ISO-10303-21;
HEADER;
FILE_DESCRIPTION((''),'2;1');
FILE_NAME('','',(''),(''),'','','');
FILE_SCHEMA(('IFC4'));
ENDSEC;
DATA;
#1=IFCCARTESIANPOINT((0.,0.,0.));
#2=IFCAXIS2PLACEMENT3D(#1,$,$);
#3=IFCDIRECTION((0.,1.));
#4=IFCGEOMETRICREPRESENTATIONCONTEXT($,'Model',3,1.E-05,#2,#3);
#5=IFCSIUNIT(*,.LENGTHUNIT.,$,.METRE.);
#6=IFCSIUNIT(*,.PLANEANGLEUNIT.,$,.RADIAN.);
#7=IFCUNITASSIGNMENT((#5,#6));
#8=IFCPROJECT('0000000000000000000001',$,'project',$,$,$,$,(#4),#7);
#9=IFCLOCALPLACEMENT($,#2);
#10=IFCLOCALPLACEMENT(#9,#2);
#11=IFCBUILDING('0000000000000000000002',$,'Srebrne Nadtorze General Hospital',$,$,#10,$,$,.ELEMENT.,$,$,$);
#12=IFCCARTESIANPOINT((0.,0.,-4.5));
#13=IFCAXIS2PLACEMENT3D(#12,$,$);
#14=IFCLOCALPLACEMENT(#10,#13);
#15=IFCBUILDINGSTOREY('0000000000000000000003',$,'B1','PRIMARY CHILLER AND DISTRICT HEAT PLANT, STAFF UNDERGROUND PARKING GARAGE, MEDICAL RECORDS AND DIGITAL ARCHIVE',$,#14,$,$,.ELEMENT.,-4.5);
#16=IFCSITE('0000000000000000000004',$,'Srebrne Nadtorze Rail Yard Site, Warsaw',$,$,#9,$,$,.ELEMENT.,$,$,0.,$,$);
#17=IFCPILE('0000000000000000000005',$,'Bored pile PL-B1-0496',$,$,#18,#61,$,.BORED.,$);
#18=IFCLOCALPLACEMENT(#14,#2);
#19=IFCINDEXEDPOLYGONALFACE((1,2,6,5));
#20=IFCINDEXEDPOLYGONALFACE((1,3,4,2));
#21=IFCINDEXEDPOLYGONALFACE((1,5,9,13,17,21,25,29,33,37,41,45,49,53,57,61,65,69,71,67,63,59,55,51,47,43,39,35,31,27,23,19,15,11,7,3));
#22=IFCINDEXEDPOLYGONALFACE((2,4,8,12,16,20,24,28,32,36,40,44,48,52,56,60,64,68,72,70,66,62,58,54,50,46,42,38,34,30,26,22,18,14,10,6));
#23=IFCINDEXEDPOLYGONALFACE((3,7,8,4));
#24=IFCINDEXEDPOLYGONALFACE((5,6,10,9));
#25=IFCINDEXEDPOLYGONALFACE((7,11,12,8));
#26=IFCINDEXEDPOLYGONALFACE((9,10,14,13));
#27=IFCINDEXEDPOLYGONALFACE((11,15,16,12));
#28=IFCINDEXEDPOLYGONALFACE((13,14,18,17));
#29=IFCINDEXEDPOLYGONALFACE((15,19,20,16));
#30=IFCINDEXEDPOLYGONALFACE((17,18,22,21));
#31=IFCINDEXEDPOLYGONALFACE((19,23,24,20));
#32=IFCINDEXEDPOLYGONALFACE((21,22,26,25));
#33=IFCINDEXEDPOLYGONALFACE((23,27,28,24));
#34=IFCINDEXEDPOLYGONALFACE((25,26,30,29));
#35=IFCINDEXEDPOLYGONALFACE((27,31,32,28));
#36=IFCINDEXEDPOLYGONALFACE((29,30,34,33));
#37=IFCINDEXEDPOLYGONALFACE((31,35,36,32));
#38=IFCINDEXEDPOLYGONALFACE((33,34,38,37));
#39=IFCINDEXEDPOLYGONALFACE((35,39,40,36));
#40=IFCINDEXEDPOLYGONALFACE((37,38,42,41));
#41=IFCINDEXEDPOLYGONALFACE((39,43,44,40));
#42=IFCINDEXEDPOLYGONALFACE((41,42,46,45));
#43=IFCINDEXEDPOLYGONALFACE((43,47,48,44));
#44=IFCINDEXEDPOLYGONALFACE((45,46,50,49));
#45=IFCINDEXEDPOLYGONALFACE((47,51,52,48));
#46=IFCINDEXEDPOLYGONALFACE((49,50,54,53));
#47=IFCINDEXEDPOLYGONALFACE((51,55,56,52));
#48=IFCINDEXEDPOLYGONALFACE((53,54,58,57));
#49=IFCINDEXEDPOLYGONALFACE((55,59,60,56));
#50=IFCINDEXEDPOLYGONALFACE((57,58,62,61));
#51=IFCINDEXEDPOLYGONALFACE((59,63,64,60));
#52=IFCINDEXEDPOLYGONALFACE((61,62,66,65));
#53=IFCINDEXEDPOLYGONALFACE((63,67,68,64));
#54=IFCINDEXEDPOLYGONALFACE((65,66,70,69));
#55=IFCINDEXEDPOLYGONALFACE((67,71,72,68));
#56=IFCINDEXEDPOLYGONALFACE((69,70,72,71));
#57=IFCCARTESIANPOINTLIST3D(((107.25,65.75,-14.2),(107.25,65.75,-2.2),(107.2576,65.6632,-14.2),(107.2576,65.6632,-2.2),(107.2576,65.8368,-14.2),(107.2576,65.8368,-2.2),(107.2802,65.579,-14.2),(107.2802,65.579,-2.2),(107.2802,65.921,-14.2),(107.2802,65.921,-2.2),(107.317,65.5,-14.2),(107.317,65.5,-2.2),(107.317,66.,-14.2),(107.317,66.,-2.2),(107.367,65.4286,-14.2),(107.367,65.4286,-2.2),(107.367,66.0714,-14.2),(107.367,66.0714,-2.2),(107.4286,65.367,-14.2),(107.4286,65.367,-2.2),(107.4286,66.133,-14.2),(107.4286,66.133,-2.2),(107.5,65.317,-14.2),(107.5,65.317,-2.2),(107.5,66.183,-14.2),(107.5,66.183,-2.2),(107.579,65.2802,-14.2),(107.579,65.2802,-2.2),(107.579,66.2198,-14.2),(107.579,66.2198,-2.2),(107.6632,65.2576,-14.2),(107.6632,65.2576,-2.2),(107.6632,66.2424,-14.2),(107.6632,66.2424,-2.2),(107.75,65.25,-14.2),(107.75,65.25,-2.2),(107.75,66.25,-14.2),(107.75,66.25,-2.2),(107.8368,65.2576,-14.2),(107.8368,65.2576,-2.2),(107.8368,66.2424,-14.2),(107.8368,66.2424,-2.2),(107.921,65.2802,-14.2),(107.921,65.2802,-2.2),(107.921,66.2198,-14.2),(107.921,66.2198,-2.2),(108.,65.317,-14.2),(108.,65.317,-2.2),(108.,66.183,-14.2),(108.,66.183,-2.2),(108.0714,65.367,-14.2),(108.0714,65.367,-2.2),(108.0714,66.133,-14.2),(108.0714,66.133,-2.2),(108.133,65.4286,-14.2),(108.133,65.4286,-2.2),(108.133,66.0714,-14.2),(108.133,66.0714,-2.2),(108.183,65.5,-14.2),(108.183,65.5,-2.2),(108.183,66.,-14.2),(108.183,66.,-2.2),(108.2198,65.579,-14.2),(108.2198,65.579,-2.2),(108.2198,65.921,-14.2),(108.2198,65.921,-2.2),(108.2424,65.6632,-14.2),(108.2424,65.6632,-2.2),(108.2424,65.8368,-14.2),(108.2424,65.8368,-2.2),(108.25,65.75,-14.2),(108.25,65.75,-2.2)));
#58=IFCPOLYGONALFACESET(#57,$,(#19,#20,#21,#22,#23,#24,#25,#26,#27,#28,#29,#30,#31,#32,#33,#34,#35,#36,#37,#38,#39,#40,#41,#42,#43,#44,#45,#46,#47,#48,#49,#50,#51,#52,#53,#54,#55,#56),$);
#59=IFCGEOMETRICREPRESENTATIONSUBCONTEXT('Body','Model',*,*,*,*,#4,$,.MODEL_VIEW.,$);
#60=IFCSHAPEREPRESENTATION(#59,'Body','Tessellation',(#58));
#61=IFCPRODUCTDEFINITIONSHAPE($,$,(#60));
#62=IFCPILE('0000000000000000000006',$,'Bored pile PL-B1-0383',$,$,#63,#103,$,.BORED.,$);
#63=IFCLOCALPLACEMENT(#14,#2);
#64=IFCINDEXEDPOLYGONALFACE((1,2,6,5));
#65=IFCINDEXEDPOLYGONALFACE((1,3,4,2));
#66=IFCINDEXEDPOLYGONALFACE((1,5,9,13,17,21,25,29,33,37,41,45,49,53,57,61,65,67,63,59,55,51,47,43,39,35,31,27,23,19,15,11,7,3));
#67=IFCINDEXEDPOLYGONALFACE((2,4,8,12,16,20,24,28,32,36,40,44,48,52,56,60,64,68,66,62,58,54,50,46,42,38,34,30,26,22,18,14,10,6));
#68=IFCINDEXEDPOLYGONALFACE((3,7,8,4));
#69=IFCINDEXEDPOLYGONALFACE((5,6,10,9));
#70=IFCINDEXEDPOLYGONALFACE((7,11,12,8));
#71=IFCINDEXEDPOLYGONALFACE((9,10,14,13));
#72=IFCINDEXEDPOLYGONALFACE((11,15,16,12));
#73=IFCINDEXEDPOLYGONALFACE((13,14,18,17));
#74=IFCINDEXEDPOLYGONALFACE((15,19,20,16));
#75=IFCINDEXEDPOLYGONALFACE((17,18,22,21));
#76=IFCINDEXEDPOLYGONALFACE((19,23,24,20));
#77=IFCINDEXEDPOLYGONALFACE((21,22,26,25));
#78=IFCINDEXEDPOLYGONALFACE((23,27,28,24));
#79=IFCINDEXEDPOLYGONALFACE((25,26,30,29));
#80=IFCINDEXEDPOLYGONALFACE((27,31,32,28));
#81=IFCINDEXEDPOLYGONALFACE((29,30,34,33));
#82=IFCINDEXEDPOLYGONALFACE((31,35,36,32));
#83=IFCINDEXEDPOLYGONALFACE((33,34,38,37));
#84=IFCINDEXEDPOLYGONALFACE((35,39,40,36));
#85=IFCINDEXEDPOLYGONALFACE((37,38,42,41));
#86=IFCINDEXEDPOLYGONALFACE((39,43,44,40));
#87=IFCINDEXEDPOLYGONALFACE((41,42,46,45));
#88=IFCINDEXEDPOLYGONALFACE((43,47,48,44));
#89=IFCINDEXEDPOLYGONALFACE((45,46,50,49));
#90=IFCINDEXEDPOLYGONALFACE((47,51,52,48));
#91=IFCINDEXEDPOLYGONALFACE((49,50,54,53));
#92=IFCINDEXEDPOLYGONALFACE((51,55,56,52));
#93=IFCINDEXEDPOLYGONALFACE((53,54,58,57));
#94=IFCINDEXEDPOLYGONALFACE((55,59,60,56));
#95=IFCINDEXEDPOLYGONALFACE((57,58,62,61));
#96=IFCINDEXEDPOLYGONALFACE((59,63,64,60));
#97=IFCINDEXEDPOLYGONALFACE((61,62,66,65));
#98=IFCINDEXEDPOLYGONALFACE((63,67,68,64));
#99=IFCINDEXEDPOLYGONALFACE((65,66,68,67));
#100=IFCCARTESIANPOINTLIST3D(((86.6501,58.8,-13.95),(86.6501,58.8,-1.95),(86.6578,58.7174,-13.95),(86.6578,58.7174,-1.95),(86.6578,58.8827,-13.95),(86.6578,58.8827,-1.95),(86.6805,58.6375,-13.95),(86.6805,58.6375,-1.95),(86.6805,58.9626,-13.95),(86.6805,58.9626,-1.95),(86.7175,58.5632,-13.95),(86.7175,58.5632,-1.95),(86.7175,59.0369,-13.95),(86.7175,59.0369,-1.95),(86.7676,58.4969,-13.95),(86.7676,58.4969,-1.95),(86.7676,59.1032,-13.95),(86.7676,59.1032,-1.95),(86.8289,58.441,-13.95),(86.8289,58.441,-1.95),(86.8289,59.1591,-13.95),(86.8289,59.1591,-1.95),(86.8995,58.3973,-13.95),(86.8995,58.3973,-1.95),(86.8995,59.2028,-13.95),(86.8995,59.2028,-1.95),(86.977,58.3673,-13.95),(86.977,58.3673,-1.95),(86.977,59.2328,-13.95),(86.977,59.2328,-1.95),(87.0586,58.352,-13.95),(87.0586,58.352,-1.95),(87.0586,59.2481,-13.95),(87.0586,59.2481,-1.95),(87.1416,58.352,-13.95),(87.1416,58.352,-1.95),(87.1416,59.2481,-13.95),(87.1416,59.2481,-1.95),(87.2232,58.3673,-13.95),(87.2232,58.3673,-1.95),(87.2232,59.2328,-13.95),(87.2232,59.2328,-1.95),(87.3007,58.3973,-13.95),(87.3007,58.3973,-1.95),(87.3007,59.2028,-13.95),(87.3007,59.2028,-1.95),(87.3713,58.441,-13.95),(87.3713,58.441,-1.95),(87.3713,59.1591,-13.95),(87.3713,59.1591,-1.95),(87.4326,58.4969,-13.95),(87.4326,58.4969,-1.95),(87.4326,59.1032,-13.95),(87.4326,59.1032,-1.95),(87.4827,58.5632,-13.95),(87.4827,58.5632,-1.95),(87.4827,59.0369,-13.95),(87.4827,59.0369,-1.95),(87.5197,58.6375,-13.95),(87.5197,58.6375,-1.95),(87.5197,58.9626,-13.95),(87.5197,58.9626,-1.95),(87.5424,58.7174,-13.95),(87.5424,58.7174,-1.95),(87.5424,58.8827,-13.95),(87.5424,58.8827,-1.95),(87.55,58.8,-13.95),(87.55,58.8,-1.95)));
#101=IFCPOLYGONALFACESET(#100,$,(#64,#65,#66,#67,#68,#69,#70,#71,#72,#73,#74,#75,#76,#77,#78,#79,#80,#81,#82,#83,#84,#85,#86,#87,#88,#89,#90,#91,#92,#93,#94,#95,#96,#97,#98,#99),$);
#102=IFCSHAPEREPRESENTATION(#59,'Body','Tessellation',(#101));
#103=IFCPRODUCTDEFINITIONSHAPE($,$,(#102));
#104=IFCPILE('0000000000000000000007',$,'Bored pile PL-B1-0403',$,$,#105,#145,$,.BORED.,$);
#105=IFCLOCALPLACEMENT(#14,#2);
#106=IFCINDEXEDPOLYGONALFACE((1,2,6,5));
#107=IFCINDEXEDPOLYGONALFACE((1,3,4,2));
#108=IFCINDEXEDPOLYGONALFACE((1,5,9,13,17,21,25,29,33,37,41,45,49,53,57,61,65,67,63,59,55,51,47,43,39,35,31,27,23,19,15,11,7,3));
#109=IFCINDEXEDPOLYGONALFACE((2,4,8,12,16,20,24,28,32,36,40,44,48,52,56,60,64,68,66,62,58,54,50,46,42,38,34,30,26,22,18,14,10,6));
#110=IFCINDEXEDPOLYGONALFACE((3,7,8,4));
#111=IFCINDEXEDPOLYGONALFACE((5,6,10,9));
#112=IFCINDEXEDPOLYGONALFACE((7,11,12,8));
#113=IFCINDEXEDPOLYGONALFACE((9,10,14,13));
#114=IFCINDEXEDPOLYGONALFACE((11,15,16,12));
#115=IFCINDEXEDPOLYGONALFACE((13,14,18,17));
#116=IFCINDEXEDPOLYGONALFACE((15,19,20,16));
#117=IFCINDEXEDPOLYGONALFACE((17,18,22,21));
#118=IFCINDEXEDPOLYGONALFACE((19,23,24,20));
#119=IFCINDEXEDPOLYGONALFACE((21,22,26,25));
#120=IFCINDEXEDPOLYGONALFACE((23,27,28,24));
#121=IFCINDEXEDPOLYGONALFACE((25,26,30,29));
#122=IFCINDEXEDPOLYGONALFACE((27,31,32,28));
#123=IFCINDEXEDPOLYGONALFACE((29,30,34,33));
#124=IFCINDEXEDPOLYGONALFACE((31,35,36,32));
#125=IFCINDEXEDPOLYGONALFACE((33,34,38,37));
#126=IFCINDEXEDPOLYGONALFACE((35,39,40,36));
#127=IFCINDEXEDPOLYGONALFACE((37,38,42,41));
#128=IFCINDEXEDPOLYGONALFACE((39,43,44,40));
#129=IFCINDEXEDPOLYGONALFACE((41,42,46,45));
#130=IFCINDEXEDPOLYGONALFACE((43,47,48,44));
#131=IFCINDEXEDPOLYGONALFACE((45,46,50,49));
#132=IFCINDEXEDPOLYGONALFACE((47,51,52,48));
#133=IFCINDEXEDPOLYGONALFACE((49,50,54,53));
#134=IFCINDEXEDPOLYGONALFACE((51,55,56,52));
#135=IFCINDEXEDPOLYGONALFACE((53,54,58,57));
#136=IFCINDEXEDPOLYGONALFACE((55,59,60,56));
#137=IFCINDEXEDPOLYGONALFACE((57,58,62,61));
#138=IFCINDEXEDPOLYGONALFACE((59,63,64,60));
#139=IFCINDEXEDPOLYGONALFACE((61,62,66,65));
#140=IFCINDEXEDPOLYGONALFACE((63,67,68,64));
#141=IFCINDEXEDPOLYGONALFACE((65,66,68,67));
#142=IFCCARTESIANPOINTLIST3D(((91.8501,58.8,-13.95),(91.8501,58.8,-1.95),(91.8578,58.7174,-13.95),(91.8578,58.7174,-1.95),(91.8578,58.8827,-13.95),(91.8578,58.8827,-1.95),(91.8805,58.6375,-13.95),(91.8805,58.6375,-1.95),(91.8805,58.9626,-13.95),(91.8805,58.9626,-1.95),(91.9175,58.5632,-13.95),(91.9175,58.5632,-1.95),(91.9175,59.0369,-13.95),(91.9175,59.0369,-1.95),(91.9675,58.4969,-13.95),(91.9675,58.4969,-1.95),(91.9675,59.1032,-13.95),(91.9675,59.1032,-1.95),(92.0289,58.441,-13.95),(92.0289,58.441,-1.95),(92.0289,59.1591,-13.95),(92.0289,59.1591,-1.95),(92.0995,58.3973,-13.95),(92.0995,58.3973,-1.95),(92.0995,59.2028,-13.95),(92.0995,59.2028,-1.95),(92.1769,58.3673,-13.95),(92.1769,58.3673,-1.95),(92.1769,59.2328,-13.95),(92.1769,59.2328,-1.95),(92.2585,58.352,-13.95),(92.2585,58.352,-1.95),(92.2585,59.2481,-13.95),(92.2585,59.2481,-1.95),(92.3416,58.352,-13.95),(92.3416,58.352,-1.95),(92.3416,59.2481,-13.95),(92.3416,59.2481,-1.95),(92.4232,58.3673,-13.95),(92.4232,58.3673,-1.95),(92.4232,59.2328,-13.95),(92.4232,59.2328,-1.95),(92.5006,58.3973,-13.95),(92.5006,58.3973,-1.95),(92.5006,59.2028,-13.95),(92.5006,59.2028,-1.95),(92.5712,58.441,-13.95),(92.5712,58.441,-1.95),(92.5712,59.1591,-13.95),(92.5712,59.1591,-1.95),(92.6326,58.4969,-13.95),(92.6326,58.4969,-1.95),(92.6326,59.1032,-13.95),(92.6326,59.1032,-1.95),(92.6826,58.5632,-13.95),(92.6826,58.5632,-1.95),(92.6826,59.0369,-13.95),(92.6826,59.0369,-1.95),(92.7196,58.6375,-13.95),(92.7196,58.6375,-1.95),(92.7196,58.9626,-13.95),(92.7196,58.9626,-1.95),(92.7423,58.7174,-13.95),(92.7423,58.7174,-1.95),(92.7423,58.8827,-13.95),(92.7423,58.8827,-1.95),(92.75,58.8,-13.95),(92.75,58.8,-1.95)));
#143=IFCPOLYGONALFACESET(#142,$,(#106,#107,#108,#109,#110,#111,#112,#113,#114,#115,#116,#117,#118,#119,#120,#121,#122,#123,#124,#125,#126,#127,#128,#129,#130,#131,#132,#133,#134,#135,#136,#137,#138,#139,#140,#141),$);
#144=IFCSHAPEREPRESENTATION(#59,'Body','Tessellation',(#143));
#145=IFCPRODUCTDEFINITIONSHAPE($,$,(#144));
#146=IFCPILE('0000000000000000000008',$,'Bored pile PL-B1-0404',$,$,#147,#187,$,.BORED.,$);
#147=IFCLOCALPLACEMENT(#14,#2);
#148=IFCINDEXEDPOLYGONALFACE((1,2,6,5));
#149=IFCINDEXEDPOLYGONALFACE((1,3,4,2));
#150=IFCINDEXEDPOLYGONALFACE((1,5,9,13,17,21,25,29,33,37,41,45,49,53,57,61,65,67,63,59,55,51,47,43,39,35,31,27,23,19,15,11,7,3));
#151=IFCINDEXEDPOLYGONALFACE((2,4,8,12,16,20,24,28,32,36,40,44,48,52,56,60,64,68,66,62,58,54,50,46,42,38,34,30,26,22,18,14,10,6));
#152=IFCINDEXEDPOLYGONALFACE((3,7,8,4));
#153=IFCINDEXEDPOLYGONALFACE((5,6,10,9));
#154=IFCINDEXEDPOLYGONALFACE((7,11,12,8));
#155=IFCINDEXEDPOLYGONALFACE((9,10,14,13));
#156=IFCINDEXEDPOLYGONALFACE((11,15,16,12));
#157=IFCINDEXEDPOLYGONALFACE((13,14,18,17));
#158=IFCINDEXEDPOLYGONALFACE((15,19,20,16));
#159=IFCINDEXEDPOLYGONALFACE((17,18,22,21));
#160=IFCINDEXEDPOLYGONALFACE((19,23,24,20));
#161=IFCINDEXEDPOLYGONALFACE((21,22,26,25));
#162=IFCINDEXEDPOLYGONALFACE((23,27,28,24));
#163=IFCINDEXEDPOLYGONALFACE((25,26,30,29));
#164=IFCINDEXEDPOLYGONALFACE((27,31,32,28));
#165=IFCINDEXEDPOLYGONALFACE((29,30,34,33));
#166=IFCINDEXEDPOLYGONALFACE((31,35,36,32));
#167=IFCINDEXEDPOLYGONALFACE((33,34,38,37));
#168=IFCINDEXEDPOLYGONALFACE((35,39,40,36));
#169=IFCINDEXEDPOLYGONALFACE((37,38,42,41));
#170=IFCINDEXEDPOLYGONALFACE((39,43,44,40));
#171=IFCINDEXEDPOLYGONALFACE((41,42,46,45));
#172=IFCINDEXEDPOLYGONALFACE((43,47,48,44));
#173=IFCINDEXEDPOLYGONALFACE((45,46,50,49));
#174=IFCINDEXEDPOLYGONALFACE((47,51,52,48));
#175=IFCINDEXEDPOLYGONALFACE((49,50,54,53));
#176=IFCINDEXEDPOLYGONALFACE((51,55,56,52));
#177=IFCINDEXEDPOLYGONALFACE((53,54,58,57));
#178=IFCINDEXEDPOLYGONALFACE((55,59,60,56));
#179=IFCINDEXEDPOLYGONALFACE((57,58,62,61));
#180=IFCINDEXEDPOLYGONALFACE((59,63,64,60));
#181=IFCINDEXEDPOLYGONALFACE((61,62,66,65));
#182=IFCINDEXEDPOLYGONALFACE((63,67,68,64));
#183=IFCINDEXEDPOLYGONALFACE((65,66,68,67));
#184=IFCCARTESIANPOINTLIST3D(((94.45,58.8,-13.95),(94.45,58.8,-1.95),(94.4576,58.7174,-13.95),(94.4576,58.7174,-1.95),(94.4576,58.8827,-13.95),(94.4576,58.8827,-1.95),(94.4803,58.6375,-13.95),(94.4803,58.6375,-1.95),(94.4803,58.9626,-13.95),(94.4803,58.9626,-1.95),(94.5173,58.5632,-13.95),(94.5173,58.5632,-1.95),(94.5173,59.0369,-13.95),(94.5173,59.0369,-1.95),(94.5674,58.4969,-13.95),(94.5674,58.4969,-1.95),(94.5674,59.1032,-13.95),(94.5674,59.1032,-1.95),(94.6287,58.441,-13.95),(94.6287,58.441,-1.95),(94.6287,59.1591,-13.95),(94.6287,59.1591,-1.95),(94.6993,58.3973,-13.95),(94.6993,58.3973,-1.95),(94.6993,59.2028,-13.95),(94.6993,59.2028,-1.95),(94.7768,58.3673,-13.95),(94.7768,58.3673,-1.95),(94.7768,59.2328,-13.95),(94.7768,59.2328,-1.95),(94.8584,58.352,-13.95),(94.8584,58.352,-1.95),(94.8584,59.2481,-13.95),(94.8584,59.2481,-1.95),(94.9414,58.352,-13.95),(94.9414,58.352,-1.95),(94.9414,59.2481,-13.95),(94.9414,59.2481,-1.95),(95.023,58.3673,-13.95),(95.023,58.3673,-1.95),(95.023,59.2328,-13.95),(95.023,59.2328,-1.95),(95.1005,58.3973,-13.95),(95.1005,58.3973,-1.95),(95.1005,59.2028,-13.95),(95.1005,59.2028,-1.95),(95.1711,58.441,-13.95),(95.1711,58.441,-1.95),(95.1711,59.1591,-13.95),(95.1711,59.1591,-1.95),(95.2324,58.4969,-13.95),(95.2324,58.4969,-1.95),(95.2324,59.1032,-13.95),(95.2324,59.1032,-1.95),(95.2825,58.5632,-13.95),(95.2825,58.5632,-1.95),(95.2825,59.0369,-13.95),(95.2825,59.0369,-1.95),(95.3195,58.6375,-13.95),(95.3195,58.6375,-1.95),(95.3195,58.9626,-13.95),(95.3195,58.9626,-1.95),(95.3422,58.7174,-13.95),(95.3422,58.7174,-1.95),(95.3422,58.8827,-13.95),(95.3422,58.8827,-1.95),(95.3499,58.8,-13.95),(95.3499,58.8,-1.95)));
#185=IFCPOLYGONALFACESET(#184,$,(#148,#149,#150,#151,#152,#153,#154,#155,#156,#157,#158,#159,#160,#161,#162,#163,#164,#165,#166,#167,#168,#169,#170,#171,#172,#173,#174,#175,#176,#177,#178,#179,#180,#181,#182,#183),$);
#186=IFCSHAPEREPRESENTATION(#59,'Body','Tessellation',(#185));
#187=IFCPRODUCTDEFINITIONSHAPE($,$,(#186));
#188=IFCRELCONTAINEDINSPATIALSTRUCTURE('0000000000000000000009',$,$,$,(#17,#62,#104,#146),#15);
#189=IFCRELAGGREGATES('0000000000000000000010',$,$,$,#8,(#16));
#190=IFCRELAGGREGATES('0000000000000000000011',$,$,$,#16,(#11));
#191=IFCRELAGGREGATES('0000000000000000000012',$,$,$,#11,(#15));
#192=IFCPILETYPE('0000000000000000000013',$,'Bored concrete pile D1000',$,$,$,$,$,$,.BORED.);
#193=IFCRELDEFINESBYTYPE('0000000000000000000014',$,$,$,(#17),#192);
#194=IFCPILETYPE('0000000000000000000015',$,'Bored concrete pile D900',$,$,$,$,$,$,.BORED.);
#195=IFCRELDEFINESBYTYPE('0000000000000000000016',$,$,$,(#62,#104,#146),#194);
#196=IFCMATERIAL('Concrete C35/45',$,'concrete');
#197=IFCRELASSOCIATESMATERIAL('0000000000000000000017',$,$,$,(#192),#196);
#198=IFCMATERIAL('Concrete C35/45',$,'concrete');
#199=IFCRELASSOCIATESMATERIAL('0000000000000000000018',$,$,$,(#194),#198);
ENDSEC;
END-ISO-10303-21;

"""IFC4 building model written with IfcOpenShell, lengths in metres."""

from ifc_helpers import new_model, si_unit, direction, frame, origin, origin_2d, place, context, subcontext, project, spatial, circle, extrude, material, material_profile, profile_set, type_object, element, save


model = new_model("IFC4")

# Units and contexts
model_context = context("Model", 3, precision=1e-05, world=origin(), true_north=direction((0.0, 1.0)))
body_context = subcontext(model_context, "Body", "Model", "MODEL_VIEW")
ifc_project = project(units=[si_unit("LENGTHUNIT", "METRE"), si_unit("PLANEANGLEUNIT", "RADIAN")], contexts=[model_context])

# Site, building, storey
site_placement = place(None, origin())
site = spatial("IfcSite", under=ifc_project, at=site_placement, Name="Srebrne Nadtorze Rail Yard Site, Warsaw", CompositionType="ELEMENT", RefElevation=0.0)
building_placement = place(site_placement, origin())
building = spatial("IfcBuilding", under=site, at=building_placement, Name="Srebrne Nadtorze General Hospital", CompositionType="ELEMENT")
storey_placement = place(building_placement, frame((0.0, 0.0, -4.5)))
storey = spatial("IfcBuildingStorey", under=building, at=storey_placement, Name="B1", Description="PRIMARY CHILLER AND DISTRICT HEAT PLANT, STAFF UNDERGROUND PARKING GARAGE, MEDICAL RECORDS AND DIGITAL ARCHIVE", CompositionType="ELEMENT", Elevation=-4.5)

# Piles
ifc_material_1 = material(Name="Concrete C35/45", Category="concrete")
ifc_material_profile_1 = material_profile(ifc_material_1, circle(Radius=0.5, at=origin_2d()), Name="PILE-D1000")
ifc_profile_set_1 = profile_set([ifc_material_profile_1], Name="Concrete C35/45")
pile_type_1 = type_object("IfcPileType", Name="Bored concrete pile D1000", PredefinedType="BORED", material=ifc_profile_set_1)
for number, where, z_axis, x_axis, name in (
    (1, (107.75, 65.75, -2.2), (0.0, 0.0, -1.0), (1.0, 0.0, 0.0), "Bored pile PL-B1-0496"),
):
    element("IfcPile", number, at=place(storey_placement, frame(where, z_axis=z_axis, x_axis=x_axis)), inside=storey, type_object=pile_type_1, Name=name, PredefinedType="BORED", context=body_context, shape_type="SweptSolid", body=[
        extrude(circle(Radius=0.5, at=origin_2d()), origin(), (0.0, 0.0, 1.0), 12.0),
    ])
ifc_material_2 = material(Name="Concrete C35/45", Category="concrete")
ifc_material_profile_2 = material_profile(ifc_material_2, circle(Radius=0.45, at=origin_2d()), Name="PILE-D900")
ifc_profile_set_2 = profile_set([ifc_material_profile_2], Name="Concrete C35/45")
pile_type_2 = type_object("IfcPileType", Name="Bored concrete pile D900", PredefinedType="BORED", material=ifc_profile_set_2)
for number, where, z_axis, x_axis, name in (
    (2, (87.1001, 58.8, -1.95), (0.0, 0.0, -1.0), (1.0, 0.0, 0.0), "Bored pile PL-B1-0383"),
    (3, (92.3, 58.8, -1.95), (0.0, 0.0, -1.0), (1.0, 0.0, 0.0), "Bored pile PL-B1-0403"),
    (4, (94.8999, 58.8, -1.95), (0.0, 0.0, -1.0), (1.0, 0.0, 0.0), "Bored pile PL-B1-0404"),
):
    element("IfcPile", number, at=place(storey_placement, frame(where, z_axis=z_axis, x_axis=x_axis)), inside=storey, type_object=pile_type_2, Name=name, PredefinedType="BORED", context=body_context, shape_type="SweptSolid", body=[
        extrude(circle(Radius=0.45, at=origin_2d()), origin(), (0.0, 0.0, 1.0), 12.0),
    ])

save(model, "model.ifc")
